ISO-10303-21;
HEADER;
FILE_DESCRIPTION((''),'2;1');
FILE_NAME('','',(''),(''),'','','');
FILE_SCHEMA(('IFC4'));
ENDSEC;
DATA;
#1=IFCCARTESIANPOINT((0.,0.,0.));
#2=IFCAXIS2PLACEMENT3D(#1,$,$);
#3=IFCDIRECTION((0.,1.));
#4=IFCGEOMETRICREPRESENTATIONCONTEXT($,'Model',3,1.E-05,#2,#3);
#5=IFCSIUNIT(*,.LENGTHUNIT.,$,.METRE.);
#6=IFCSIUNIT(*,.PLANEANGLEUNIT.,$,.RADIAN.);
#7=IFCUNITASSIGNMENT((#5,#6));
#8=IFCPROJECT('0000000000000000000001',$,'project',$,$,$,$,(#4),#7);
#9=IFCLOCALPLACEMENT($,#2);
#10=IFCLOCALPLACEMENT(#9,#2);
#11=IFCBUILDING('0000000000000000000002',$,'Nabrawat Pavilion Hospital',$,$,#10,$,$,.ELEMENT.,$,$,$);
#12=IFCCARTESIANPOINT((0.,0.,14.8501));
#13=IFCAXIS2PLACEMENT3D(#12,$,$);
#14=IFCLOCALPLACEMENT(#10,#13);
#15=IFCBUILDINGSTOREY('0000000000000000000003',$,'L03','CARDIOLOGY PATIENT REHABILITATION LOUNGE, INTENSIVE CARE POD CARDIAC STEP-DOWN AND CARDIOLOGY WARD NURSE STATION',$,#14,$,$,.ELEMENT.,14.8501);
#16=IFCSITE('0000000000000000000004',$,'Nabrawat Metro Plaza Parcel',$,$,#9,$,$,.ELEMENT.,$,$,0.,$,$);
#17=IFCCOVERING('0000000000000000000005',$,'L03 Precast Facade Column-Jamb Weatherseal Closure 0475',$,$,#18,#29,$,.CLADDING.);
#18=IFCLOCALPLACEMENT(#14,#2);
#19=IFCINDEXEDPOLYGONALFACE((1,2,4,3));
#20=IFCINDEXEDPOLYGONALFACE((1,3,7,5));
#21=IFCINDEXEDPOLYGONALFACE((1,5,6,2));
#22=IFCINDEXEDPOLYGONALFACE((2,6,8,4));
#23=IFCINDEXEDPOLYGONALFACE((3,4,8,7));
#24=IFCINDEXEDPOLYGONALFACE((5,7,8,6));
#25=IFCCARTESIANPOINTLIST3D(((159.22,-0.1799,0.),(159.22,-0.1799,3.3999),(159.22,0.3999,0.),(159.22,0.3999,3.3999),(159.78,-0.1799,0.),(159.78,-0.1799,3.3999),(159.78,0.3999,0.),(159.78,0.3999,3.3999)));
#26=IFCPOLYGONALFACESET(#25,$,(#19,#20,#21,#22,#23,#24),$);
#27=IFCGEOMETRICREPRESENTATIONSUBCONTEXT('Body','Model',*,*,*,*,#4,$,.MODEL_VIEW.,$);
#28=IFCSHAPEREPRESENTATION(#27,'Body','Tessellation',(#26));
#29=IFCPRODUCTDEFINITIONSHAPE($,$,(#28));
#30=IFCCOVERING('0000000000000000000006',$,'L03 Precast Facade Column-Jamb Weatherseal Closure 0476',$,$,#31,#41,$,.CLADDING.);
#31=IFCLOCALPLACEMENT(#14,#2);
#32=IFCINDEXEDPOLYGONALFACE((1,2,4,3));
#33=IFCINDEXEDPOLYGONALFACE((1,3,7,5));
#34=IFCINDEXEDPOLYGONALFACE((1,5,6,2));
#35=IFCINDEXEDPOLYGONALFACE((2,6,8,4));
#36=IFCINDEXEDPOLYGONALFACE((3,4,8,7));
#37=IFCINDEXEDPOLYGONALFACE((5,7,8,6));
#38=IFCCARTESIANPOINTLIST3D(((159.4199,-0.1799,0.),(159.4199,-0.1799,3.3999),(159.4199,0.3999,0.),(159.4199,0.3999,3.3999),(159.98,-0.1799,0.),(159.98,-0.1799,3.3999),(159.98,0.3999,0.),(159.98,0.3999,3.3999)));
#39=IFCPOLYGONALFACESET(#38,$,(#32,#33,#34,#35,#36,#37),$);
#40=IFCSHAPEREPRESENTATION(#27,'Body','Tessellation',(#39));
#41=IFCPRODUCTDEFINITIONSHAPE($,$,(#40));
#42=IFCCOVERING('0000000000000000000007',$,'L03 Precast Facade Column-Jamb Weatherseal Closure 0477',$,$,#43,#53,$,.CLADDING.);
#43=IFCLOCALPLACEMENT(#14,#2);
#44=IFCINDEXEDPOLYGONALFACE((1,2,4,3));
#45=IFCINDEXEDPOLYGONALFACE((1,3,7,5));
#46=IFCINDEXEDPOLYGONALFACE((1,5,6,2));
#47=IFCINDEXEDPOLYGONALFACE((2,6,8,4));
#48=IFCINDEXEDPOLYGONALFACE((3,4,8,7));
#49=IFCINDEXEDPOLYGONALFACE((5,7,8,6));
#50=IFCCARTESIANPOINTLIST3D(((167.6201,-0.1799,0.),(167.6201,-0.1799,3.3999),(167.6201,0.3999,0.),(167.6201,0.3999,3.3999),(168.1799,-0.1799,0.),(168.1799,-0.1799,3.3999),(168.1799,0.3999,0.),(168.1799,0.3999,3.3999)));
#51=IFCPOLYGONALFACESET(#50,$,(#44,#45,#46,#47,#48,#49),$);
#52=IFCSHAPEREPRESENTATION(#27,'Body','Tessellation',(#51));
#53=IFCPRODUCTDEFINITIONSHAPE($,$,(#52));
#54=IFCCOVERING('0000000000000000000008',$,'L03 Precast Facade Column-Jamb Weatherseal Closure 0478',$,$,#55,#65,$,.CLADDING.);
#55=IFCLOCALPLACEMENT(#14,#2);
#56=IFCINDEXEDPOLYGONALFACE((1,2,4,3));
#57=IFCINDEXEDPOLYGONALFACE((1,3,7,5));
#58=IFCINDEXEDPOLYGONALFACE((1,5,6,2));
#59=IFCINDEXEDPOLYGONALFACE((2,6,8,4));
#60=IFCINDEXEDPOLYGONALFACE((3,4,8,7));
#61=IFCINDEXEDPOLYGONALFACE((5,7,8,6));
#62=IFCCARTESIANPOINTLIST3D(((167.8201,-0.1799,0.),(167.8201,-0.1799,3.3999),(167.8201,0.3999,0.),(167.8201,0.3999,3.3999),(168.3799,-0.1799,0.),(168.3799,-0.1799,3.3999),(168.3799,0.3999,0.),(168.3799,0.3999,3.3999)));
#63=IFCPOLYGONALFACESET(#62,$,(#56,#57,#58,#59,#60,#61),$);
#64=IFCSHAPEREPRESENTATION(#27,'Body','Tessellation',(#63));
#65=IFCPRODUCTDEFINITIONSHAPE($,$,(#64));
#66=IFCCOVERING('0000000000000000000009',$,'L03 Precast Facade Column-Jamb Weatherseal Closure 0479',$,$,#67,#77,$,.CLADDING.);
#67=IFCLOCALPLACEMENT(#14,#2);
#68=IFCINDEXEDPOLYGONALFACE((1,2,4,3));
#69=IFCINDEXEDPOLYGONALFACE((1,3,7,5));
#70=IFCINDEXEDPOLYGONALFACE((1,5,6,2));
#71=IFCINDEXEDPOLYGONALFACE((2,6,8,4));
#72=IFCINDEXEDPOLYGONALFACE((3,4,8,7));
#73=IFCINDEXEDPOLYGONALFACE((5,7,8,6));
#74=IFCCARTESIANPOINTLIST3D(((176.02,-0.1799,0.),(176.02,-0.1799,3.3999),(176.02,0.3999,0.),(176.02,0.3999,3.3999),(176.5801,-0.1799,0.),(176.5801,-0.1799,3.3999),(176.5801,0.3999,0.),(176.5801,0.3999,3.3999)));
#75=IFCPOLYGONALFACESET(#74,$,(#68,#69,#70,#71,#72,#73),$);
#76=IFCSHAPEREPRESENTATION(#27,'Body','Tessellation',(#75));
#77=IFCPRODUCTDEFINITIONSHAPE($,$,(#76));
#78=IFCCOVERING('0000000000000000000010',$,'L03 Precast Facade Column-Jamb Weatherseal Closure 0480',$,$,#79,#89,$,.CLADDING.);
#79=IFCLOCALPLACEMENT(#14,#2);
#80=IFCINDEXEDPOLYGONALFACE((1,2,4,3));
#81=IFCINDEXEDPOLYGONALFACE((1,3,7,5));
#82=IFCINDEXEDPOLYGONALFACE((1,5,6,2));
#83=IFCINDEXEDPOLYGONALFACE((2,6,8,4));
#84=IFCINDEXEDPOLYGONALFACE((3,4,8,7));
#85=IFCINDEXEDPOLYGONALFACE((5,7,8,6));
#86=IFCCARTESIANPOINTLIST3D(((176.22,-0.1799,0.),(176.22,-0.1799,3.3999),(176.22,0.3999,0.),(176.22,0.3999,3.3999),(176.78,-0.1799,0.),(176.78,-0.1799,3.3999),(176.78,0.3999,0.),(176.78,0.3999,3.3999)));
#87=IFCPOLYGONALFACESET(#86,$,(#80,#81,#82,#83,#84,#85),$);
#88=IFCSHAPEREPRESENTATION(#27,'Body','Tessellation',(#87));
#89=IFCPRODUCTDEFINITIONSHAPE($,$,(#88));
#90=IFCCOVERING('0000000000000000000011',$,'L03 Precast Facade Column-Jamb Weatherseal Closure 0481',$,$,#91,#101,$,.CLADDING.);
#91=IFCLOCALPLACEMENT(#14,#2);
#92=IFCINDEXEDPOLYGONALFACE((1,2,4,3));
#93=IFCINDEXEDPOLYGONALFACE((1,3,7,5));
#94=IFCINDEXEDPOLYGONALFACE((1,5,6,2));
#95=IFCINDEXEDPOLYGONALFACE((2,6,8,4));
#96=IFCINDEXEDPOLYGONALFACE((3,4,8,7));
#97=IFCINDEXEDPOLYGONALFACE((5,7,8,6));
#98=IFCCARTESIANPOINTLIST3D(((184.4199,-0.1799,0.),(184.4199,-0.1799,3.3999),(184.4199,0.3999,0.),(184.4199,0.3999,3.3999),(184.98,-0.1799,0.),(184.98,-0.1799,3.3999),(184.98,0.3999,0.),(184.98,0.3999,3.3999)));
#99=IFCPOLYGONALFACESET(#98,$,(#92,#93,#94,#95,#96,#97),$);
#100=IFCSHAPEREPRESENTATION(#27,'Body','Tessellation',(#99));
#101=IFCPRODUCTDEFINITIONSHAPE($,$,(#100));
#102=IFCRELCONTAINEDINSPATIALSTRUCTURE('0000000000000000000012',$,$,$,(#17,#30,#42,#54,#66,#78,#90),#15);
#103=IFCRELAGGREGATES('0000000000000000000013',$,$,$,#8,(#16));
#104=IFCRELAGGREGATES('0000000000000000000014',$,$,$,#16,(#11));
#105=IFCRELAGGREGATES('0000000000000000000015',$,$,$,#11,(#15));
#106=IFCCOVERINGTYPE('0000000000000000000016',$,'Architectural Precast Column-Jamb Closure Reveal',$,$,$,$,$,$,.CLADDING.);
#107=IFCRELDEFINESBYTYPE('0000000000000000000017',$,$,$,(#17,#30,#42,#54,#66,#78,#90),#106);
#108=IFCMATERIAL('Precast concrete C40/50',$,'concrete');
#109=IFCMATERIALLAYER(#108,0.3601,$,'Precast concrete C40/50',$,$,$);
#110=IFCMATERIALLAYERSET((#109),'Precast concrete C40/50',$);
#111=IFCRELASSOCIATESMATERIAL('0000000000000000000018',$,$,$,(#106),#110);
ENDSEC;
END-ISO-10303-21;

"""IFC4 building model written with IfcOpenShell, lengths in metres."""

from ifc_helpers import new_model, si_unit, direction, frame, origin, place, context, subcontext, project, spatial, polyline, outline, extrude, material, layer, layer_set, type_object, element, save


model = new_model("IFC4")

# Units and contexts
model_context = context("Model", 3, precision=1e-05, world=origin(), true_north=direction((0.0, 1.0)))
body_context = subcontext(model_context, "Body", "Model", "MODEL_VIEW")
ifc_project = project(units=[si_unit("LENGTHUNIT", "METRE"), si_unit("PLANEANGLEUNIT", "RADIAN")], contexts=[model_context])

# Site, building, storey
site_placement = place(None, origin())
site = spatial("IfcSite", under=ifc_project, at=site_placement, Name="Nabrawat Metro Plaza Parcel", CompositionType="ELEMENT", RefElevation=0.0)
building_placement = place(site_placement, origin())
building = spatial("IfcBuilding", under=site, at=building_placement, Name="Nabrawat Pavilion Hospital", CompositionType="ELEMENT")
storey_placement = place(building_placement, frame((0.0, 0.0, 14.8501)))
storey = spatial("IfcBuildingStorey", under=building, at=storey_placement, Name="L03", Description="CARDIOLOGY PATIENT REHABILITATION LOUNGE, INTENSIVE CARE POD CARDIAC STEP-DOWN AND CARDIOLOGY WARD NURSE STATION", CompositionType="ELEMENT", Elevation=14.8501)

# Coverings
ifc_material = material(Name="Precast concrete C40/50", Category="concrete")
ifc_layer = layer(ifc_material, 0.3601, Name="Precast concrete C40/50")
ifc_layer_set = layer_set([ifc_layer], Name="Precast concrete C40/50")
covering_type = type_object("IfcCoveringType", Name="Architectural Precast Column-Jamb Closure Reveal", PredefinedType="CLADDING", material=ifc_layer_set)
covering_1_placement = place(storey_placement, origin())
element("IfcCovering", 1, at=covering_1_placement, inside=storey, type_object=covering_type, Name="L03 Precast Facade Column-Jamb Weatherseal Closure 0475", PredefinedType="CLADDING", context=body_context, shape_type="SweptSolid", body=[
    extrude(outline(polyline([(159.78, -0.1799), (159.78, 0.3999), (159.22, 0.3999), (159.22, -0.1799), (159.78, -0.1799)])), origin(), (0.0, 0.0, 1.0), 3.3999),
])
covering_2_placement = place(storey_placement, origin())
element("IfcCovering", 2, at=covering_2_placement, inside=storey, type_object=covering_type, Name="L03 Precast Facade Column-Jamb Weatherseal Closure 0476", PredefinedType="CLADDING", context=body_context, shape_type="SweptSolid", body=[
    extrude(outline(polyline([(159.98, -0.1799), (159.98, 0.3999), (159.4199, 0.3999), (159.4199, -0.1799), (159.98, -0.1799)])), origin(), (0.0, 0.0, 1.0), 3.3999),
])
covering_3_placement = place(storey_placement, origin())
element("IfcCovering", 3, at=covering_3_placement, inside=storey, type_object=covering_type, Name="L03 Precast Facade Column-Jamb Weatherseal Closure 0477", PredefinedType="CLADDING", context=body_context, shape_type="SweptSolid", body=[
    extrude(outline(polyline([(168.1799, -0.1799), (168.1799, 0.3999), (167.6201, 0.3999), (167.6201, -0.1799), (168.1799, -0.1799)])), origin(), (0.0, 0.0, 1.0), 3.3999),
])
covering_4_placement = place(storey_placement, origin())
element("IfcCovering", 4, at=covering_4_placement, inside=storey, type_object=covering_type, Name="L03 Precast Facade Column-Jamb Weatherseal Closure 0478", PredefinedType="CLADDING", context=body_context, shape_type="SweptSolid", body=[
    extrude(outline(polyline([(168.3799, -0.1799), (168.3799, 0.3999), (167.8201, 0.3999), (167.8201, -0.1799), (168.3799, -0.1799)])), origin(), (0.0, 0.0, 1.0), 3.3999),
])
covering_5_placement = place(storey_placement, origin())
element("IfcCovering", 5, at=covering_5_placement, inside=storey, type_object=covering_type, Name="L03 Precast Facade Column-Jamb Weatherseal Closure 0479", PredefinedType="CLADDING", context=body_context, shape_type="SweptSolid", body=[
    extrude(outline(polyline([(176.5801, -0.1799), (176.5801, 0.3999), (176.02, 0.3999), (176.02, -0.1799), (176.5801, -0.1799)])), origin(), (0.0, 0.0, 1.0), 3.3999),
])
covering_6_placement = place(storey_placement, origin())
element("IfcCovering", 6, at=covering_6_placement, inside=storey, type_object=covering_type, Name="L03 Precast Facade Column-Jamb Weatherseal Closure 0480", PredefinedType="CLADDING", context=body_context, shape_type="SweptSolid", body=[
    extrude(outline(polyline([(176.78, -0.1799), (176.78, 0.3999), (176.22, 0.3999), (176.22, -0.1799), (176.78, -0.1799)])), origin(), (0.0, 0.0, 1.0), 3.3999),
])
covering_7_placement = place(storey_placement, origin())
element("IfcCovering", 7, at=covering_7_placement, inside=storey, type_object=covering_type, Name="L03 Precast Facade Column-Jamb Weatherseal Closure 0481", PredefinedType="CLADDING", context=body_context, shape_type="SweptSolid", body=[
    extrude(outline(polyline([(184.98, -0.1799), (184.98, 0.3999), (184.4199, 0.3999), (184.4199, -0.1799), (184.98, -0.1799)])), origin(), (0.0, 0.0, 1.0), 3.3999),
])

save(model, "model.ifc")
